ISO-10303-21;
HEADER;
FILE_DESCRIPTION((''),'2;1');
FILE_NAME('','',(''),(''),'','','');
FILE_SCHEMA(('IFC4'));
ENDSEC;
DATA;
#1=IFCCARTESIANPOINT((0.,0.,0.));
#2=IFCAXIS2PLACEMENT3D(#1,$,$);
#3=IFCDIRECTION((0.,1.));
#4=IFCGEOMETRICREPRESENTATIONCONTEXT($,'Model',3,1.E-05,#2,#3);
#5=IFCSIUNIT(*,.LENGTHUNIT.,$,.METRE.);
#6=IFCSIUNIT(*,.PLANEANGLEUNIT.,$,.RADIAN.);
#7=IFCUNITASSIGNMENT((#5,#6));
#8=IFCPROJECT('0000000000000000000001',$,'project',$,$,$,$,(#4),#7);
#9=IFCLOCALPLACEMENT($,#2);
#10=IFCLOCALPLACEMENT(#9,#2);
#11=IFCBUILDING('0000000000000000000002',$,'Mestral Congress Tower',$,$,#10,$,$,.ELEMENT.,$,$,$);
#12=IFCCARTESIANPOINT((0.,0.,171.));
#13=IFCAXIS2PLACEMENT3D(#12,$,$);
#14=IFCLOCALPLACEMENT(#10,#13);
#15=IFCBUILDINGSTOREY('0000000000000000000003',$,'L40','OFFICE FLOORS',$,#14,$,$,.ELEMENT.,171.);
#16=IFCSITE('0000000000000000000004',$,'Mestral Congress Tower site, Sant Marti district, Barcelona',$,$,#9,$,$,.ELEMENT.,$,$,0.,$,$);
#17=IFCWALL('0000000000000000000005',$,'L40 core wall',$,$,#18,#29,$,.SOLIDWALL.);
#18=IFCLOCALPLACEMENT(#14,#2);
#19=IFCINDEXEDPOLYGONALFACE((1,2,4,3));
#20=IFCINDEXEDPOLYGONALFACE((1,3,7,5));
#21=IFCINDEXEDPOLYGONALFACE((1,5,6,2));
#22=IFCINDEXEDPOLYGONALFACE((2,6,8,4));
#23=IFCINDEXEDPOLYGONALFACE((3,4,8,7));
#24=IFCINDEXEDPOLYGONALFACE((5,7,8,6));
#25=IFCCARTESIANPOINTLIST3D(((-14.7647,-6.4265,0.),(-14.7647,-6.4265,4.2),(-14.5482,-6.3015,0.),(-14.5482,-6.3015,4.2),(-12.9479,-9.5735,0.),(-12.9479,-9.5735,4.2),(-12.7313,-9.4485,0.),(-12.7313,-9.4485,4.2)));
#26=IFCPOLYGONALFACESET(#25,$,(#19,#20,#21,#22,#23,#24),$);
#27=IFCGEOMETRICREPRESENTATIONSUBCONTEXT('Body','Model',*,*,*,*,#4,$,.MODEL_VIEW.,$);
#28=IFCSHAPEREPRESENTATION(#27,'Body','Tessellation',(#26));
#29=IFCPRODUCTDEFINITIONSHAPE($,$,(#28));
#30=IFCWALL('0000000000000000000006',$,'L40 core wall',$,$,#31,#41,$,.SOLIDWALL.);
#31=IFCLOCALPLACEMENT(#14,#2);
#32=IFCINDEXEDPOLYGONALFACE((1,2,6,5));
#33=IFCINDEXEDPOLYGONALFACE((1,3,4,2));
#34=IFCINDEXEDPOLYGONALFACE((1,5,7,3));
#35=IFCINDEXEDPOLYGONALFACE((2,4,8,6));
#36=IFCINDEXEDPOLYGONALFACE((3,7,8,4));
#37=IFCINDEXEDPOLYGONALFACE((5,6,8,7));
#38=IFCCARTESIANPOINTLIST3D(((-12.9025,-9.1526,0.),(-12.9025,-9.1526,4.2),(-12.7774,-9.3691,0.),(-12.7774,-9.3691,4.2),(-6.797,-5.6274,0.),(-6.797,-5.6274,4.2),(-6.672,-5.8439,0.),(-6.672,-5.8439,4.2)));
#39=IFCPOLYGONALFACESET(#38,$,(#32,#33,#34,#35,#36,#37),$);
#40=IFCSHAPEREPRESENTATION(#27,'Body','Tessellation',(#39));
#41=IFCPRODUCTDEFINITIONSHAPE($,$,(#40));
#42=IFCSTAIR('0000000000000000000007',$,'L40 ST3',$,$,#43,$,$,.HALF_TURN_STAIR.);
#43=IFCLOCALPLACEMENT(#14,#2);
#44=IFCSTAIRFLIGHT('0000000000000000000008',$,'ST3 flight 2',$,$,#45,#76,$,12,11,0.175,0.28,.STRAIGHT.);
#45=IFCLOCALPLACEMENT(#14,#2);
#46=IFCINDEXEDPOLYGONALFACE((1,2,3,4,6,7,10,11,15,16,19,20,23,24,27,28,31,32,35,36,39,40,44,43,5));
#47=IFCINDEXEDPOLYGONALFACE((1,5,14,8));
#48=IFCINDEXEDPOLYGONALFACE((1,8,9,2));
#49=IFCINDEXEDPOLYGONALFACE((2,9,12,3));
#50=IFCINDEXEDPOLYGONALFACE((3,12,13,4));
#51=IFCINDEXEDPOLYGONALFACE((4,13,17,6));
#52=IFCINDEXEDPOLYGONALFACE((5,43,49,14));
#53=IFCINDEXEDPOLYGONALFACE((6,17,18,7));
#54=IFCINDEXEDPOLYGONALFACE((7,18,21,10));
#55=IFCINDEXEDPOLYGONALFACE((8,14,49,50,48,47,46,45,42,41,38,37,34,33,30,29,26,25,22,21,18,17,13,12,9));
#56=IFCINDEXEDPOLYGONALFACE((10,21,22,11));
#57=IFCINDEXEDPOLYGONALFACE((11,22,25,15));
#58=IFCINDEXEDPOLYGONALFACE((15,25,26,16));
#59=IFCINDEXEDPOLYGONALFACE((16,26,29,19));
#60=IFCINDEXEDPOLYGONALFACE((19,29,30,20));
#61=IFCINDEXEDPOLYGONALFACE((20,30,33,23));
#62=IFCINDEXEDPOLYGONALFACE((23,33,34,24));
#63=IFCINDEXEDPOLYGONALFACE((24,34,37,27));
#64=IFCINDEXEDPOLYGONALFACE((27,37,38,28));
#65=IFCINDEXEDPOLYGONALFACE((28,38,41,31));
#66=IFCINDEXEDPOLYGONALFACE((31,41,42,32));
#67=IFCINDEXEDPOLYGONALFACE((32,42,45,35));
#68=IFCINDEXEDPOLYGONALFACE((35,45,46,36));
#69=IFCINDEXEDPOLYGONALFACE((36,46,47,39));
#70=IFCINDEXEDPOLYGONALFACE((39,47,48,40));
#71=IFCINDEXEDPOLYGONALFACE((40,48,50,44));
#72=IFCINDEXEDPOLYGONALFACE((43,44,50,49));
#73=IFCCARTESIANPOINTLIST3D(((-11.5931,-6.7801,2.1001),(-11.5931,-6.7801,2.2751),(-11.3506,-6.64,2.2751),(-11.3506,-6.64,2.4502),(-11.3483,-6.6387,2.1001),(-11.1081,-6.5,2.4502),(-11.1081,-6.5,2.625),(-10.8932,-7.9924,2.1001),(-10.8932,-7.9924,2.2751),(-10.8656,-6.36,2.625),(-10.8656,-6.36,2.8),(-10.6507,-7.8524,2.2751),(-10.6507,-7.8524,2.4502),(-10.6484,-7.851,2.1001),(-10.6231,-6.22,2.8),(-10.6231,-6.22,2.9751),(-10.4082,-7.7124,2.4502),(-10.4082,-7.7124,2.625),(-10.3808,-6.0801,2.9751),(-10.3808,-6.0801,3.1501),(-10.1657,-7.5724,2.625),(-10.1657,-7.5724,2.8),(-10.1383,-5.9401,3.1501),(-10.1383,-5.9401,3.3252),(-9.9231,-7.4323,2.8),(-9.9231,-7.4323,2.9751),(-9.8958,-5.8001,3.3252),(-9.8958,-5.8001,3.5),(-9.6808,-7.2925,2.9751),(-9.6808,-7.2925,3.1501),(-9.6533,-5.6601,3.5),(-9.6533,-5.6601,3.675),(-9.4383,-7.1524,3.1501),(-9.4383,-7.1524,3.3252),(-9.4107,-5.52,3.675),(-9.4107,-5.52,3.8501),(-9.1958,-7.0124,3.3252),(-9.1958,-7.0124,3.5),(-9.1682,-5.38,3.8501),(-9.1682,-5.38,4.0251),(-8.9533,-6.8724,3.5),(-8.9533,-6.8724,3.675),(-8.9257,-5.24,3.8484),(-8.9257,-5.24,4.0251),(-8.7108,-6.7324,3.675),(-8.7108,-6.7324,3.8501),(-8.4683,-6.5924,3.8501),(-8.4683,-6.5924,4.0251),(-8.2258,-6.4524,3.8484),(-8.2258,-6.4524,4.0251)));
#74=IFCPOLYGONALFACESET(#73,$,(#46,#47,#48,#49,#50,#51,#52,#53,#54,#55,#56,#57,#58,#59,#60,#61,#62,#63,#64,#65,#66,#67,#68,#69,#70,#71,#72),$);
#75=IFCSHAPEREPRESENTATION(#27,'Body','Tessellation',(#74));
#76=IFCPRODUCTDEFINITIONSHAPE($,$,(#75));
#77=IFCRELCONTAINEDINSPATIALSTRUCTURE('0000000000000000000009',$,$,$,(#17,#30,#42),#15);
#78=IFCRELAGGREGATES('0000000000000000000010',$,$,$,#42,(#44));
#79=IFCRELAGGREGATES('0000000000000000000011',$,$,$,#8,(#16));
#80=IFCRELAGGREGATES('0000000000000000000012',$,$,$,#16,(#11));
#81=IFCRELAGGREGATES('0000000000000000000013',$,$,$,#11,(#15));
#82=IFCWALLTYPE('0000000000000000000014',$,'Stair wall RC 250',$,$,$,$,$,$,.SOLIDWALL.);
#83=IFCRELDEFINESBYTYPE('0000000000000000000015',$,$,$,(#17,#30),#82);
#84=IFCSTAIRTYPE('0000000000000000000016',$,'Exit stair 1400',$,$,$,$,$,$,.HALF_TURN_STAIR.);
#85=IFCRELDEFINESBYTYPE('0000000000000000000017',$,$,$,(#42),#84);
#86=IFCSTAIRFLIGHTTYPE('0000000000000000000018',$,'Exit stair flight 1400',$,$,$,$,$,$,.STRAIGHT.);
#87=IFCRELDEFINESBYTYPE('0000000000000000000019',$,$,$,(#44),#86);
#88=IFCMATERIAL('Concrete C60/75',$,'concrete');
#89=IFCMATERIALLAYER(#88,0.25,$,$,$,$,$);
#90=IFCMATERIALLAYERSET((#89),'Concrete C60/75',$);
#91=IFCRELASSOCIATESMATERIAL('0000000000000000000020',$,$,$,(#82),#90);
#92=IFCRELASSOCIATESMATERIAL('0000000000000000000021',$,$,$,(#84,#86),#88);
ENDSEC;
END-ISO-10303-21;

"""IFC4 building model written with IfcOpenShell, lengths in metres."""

from ifc_helpers import new_model, si_unit, direction, frame, frame_2d, origin, place, context, subcontext, project, spatial, polyline, rectangle, outline, extrude, material, layer, layer_set, type_object, element, aggregate, save


model = new_model("IFC4")

# Units and contexts
model_context = context("Model", 3, precision=1e-05, world=origin(), true_north=direction((0.0, 1.0)))
body_context = subcontext(model_context, "Body", "Model", "MODEL_VIEW")
ifc_project = project(units=[si_unit("LENGTHUNIT", "METRE"), si_unit("PLANEANGLEUNIT", "RADIAN")], contexts=[model_context])

# Site, building, storey
site_placement = place(None, origin())
site = spatial("IfcSite", under=ifc_project, at=site_placement, Name="Mestral Congress Tower site, Sant Marti district, Barcelona", CompositionType="ELEMENT", RefElevation=0.0)
building_placement = place(site_placement, origin())
building = spatial("IfcBuilding", under=site, at=building_placement, Name="Mestral Congress Tower", CompositionType="ELEMENT")
storey_placement = place(building_placement, frame((0.0, 0.0, 171.0)))
storey = spatial("IfcBuildingStorey", under=building, at=storey_placement, Name="L40", Description="OFFICE FLOORS", CompositionType="ELEMENT", Elevation=171.0)

# Shared definitions
ifc_material_1 = material(Name="Concrete C60/75", Category="concrete")

# Walls
ifc_layer_1 = layer(ifc_material_1, 0.25)
ifc_layer_set_1 = layer_set([ifc_layer_1], Name="Concrete C60/75")
wall_type_1 = type_object("IfcWallType", Name="Stair wall RC 250", PredefinedType="SOLIDWALL", material=ifc_layer_set_1)
wall_1_placement = place(storey_placement, frame((-12.8396, -9.511, 0.0), z_axis=(0.0, 0.0, 1.0), x_axis=(-0.499998, 0.866027, 0.0)))
element("IfcWall", 1, at=wall_1_placement, inside=storey, type_object=wall_type_1, Name="L40 core wall", PredefinedType="SOLIDWALL", context=body_context, shape_type="SweptSolid", body=[
    extrude(rectangle(XDim=3.6338, YDim=0.25, at=frame_2d((1.8169, 0.0))), origin(), (0.0, 0.0, 1.0), 4.2),
])
wall_2_placement = place(storey_placement, frame((-12.8398, -9.2607, 0.0), z_axis=(0.0, 0.0, 1.0), x_axis=(0.866016, 0.500016, 0.0)))
element("IfcWall", 2, at=wall_2_placement, inside=storey, type_object=wall_type_1, Name="L40 core wall", PredefinedType="SOLIDWALL", context=body_context, shape_type="SweptSolid", body=[
    extrude(rectangle(XDim=7.05, YDim=0.25, at=frame_2d((3.5249, 0.0))), origin(), (0.0, 0.0, 1.0), 4.2),
])

# Stair, stair flight
stair_type = type_object("IfcStairType", Name="Exit stair 1400", PredefinedType="HALF_TURN_STAIR", material=ifc_material_1)
stair_placement = place(storey_placement, origin())
stair = element("IfcStair", 3, at=stair_placement, inside=storey, type_object=stair_type, Name="L40 ST3", PredefinedType="HALF_TURN_STAIR")
stair_flight_type = type_object("IfcStairFlightType", Name="Exit stair flight 1400", PredefinedType="STRAIGHT", material=ifc_material_1)
stair_flight_placement = place(storey_placement, frame((-11.2432, -7.3862, 2.1001), z_axis=(0.0, 0.0, 1.0), x_axis=(0.866025, 0.5, 0.0)))
stair_flight = element("IfcStairFlight", 4, at=stair_flight_placement, type_object=stair_flight_type, Name="ST3 flight 2", NumberOfRisers=12, NumberOfTreads=11, PredefinedType="STRAIGHT", RiserHeight=0.175, TreadLength=0.28, context=body_context, shape_type="SweptSolid", body=[
    extrude(outline(polyline([(0.0, 0.0), (0.0, 0.175), (0.28, 0.175), (0.28, 0.3501), (0.5601, 0.3501), (0.5601, 0.5249), (0.8401, 0.5249), (0.8401, 0.7), (1.1201, 0.7), (1.1201, 0.875), (1.3999, 0.875), (1.3999, 1.05), (1.6799, 1.05), (1.6799, 1.2251), (1.96, 1.2251), (1.96, 1.3999), (2.24, 1.3999), (2.24, 1.575), (2.52, 1.575), (2.52, 1.75), (2.8, 1.75), (2.8, 1.925), (3.0801, 1.925), (3.0801, 2.1001), (3.0801, 1.7483), (0.2827, 0.0), (0.0, 0.0)])), frame((0.0, 0.7, 0.0), z_axis=(0.0, -1.0, 0.0), x_axis=(1.0, 0.0, 0.0)), (0.0, 0.0, 1.0), 1.3999),
])
aggregate(stair, [stair_flight])

save(model, "model.ifc")
